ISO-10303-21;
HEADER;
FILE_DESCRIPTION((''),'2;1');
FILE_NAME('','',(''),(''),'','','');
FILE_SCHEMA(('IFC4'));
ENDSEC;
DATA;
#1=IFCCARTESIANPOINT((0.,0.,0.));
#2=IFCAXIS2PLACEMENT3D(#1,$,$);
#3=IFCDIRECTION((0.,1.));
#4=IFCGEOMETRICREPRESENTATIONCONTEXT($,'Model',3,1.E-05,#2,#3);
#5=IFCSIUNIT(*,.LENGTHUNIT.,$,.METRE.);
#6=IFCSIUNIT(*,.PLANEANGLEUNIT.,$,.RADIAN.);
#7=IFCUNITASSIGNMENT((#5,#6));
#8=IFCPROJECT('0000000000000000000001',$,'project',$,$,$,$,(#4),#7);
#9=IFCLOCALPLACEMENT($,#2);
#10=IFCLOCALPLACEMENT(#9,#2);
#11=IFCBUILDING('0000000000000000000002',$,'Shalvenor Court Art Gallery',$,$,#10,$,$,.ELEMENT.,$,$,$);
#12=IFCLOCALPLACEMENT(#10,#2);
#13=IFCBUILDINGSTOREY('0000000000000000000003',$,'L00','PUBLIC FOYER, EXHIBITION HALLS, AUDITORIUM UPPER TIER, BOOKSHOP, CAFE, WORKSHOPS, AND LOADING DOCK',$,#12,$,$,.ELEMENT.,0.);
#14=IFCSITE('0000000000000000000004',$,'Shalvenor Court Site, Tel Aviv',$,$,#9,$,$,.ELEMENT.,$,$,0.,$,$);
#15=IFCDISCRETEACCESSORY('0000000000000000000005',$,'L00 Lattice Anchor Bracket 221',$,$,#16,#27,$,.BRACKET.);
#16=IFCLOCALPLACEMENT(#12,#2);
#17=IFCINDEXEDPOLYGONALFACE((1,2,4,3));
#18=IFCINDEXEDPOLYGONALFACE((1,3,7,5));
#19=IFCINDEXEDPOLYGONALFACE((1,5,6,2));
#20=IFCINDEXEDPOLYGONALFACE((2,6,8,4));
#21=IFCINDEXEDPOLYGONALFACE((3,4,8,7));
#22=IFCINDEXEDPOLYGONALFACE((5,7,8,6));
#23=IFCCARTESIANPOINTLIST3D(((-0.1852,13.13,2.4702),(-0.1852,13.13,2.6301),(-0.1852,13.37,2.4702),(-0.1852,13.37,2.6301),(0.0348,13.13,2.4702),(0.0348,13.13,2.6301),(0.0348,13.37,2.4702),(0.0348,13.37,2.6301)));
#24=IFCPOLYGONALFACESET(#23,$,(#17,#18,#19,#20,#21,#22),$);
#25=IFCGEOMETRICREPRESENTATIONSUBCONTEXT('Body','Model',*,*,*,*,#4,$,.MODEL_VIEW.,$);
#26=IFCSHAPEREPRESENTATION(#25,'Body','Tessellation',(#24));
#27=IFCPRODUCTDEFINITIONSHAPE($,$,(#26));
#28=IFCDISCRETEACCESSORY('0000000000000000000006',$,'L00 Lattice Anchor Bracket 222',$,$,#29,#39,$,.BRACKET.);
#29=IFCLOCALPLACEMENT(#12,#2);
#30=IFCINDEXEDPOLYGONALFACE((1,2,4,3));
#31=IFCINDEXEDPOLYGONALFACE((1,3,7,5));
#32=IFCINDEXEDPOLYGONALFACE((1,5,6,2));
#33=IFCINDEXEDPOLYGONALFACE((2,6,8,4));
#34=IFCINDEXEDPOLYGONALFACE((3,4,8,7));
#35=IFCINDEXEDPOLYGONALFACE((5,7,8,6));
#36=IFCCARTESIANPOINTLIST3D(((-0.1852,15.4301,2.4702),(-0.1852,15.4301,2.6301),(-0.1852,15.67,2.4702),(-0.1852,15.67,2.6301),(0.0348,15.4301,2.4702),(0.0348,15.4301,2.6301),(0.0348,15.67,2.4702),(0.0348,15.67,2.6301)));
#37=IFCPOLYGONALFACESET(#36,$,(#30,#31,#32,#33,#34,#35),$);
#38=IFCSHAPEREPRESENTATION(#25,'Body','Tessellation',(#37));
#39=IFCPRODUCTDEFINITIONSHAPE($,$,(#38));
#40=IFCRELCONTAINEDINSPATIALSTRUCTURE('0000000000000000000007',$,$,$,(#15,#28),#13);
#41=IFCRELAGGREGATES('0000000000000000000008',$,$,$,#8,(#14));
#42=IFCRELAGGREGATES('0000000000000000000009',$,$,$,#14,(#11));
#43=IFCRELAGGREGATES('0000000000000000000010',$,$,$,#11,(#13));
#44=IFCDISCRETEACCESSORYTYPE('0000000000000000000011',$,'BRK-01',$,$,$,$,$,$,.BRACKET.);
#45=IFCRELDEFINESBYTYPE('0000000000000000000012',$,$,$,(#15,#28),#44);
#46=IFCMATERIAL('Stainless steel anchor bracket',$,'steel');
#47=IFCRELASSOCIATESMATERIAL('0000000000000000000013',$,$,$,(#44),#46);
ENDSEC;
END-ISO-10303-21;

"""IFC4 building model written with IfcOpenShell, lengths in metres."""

from ifc_helpers import new_model, si_unit, direction, frame, origin, origin_2d, place, context, subcontext, project, spatial, rectangle, extrude, material, type_object, element, save


model = new_model("IFC4")

# Units and contexts
model_context = context("Model", 3, precision=1e-05, world=origin(), true_north=direction((0.0, 1.0)))
body_context = subcontext(model_context, "Body", "Model", "MODEL_VIEW")
ifc_project = project(units=[si_unit("LENGTHUNIT", "METRE"), si_unit("PLANEANGLEUNIT", "RADIAN")], contexts=[model_context])

# Site, building, storey
site_placement = place(None, origin())
site = spatial("IfcSite", under=ifc_project, at=site_placement, Name="Shalvenor Court Site, Tel Aviv", CompositionType="ELEMENT", RefElevation=0.0)
building_placement = place(site_placement, origin())
building = spatial("IfcBuilding", under=site, at=building_placement, Name="Shalvenor Court Art Gallery", CompositionType="ELEMENT")
storey_placement = place(building_placement, origin())
storey = spatial("IfcBuildingStorey", under=building, at=storey_placement, Name="L00", Description="PUBLIC FOYER, EXHIBITION HALLS, AUDITORIUM UPPER TIER, BOOKSHOP, CAFE, WORKSHOPS, AND LOADING DOCK", CompositionType="ELEMENT", Elevation=0.0)

# Discrete accessories
ifc_material_1 = material(Name="Stainless steel anchor bracket", Category="steel")
discrete_accessory_type = type_object("IfcDiscreteAccessoryType", Name="BRK-01", PredefinedType="BRACKET", material=ifc_material_1)
for number, where, z_axis, x_axis, name in (
    (1, (-0.0752, 13.25, 2.4702), (0.0, 0.0, 1.0), (0.0, 1.0, 0.0), "L00 Lattice Anchor Bracket 221"),
    (2, (-0.0752, 15.55, 2.4702), (0.0, 0.0, 1.0), (0.0, 1.0, 0.0), "L00 Lattice Anchor Bracket 222"),
):
    element("IfcDiscreteAccessory", number, at=place(storey_placement, frame(where, z_axis=z_axis, x_axis=x_axis)), inside=storey, type_object=discrete_accessory_type, Name=name, PredefinedType="BRACKET", context=body_context, shape_type="SweptSolid", body=[
        extrude(rectangle(XDim=0.24, YDim=0.22, at=origin_2d()), origin(), (0.0, 0.0, 1.0), 0.1599),
    ])

save(model, "model.ifc")
